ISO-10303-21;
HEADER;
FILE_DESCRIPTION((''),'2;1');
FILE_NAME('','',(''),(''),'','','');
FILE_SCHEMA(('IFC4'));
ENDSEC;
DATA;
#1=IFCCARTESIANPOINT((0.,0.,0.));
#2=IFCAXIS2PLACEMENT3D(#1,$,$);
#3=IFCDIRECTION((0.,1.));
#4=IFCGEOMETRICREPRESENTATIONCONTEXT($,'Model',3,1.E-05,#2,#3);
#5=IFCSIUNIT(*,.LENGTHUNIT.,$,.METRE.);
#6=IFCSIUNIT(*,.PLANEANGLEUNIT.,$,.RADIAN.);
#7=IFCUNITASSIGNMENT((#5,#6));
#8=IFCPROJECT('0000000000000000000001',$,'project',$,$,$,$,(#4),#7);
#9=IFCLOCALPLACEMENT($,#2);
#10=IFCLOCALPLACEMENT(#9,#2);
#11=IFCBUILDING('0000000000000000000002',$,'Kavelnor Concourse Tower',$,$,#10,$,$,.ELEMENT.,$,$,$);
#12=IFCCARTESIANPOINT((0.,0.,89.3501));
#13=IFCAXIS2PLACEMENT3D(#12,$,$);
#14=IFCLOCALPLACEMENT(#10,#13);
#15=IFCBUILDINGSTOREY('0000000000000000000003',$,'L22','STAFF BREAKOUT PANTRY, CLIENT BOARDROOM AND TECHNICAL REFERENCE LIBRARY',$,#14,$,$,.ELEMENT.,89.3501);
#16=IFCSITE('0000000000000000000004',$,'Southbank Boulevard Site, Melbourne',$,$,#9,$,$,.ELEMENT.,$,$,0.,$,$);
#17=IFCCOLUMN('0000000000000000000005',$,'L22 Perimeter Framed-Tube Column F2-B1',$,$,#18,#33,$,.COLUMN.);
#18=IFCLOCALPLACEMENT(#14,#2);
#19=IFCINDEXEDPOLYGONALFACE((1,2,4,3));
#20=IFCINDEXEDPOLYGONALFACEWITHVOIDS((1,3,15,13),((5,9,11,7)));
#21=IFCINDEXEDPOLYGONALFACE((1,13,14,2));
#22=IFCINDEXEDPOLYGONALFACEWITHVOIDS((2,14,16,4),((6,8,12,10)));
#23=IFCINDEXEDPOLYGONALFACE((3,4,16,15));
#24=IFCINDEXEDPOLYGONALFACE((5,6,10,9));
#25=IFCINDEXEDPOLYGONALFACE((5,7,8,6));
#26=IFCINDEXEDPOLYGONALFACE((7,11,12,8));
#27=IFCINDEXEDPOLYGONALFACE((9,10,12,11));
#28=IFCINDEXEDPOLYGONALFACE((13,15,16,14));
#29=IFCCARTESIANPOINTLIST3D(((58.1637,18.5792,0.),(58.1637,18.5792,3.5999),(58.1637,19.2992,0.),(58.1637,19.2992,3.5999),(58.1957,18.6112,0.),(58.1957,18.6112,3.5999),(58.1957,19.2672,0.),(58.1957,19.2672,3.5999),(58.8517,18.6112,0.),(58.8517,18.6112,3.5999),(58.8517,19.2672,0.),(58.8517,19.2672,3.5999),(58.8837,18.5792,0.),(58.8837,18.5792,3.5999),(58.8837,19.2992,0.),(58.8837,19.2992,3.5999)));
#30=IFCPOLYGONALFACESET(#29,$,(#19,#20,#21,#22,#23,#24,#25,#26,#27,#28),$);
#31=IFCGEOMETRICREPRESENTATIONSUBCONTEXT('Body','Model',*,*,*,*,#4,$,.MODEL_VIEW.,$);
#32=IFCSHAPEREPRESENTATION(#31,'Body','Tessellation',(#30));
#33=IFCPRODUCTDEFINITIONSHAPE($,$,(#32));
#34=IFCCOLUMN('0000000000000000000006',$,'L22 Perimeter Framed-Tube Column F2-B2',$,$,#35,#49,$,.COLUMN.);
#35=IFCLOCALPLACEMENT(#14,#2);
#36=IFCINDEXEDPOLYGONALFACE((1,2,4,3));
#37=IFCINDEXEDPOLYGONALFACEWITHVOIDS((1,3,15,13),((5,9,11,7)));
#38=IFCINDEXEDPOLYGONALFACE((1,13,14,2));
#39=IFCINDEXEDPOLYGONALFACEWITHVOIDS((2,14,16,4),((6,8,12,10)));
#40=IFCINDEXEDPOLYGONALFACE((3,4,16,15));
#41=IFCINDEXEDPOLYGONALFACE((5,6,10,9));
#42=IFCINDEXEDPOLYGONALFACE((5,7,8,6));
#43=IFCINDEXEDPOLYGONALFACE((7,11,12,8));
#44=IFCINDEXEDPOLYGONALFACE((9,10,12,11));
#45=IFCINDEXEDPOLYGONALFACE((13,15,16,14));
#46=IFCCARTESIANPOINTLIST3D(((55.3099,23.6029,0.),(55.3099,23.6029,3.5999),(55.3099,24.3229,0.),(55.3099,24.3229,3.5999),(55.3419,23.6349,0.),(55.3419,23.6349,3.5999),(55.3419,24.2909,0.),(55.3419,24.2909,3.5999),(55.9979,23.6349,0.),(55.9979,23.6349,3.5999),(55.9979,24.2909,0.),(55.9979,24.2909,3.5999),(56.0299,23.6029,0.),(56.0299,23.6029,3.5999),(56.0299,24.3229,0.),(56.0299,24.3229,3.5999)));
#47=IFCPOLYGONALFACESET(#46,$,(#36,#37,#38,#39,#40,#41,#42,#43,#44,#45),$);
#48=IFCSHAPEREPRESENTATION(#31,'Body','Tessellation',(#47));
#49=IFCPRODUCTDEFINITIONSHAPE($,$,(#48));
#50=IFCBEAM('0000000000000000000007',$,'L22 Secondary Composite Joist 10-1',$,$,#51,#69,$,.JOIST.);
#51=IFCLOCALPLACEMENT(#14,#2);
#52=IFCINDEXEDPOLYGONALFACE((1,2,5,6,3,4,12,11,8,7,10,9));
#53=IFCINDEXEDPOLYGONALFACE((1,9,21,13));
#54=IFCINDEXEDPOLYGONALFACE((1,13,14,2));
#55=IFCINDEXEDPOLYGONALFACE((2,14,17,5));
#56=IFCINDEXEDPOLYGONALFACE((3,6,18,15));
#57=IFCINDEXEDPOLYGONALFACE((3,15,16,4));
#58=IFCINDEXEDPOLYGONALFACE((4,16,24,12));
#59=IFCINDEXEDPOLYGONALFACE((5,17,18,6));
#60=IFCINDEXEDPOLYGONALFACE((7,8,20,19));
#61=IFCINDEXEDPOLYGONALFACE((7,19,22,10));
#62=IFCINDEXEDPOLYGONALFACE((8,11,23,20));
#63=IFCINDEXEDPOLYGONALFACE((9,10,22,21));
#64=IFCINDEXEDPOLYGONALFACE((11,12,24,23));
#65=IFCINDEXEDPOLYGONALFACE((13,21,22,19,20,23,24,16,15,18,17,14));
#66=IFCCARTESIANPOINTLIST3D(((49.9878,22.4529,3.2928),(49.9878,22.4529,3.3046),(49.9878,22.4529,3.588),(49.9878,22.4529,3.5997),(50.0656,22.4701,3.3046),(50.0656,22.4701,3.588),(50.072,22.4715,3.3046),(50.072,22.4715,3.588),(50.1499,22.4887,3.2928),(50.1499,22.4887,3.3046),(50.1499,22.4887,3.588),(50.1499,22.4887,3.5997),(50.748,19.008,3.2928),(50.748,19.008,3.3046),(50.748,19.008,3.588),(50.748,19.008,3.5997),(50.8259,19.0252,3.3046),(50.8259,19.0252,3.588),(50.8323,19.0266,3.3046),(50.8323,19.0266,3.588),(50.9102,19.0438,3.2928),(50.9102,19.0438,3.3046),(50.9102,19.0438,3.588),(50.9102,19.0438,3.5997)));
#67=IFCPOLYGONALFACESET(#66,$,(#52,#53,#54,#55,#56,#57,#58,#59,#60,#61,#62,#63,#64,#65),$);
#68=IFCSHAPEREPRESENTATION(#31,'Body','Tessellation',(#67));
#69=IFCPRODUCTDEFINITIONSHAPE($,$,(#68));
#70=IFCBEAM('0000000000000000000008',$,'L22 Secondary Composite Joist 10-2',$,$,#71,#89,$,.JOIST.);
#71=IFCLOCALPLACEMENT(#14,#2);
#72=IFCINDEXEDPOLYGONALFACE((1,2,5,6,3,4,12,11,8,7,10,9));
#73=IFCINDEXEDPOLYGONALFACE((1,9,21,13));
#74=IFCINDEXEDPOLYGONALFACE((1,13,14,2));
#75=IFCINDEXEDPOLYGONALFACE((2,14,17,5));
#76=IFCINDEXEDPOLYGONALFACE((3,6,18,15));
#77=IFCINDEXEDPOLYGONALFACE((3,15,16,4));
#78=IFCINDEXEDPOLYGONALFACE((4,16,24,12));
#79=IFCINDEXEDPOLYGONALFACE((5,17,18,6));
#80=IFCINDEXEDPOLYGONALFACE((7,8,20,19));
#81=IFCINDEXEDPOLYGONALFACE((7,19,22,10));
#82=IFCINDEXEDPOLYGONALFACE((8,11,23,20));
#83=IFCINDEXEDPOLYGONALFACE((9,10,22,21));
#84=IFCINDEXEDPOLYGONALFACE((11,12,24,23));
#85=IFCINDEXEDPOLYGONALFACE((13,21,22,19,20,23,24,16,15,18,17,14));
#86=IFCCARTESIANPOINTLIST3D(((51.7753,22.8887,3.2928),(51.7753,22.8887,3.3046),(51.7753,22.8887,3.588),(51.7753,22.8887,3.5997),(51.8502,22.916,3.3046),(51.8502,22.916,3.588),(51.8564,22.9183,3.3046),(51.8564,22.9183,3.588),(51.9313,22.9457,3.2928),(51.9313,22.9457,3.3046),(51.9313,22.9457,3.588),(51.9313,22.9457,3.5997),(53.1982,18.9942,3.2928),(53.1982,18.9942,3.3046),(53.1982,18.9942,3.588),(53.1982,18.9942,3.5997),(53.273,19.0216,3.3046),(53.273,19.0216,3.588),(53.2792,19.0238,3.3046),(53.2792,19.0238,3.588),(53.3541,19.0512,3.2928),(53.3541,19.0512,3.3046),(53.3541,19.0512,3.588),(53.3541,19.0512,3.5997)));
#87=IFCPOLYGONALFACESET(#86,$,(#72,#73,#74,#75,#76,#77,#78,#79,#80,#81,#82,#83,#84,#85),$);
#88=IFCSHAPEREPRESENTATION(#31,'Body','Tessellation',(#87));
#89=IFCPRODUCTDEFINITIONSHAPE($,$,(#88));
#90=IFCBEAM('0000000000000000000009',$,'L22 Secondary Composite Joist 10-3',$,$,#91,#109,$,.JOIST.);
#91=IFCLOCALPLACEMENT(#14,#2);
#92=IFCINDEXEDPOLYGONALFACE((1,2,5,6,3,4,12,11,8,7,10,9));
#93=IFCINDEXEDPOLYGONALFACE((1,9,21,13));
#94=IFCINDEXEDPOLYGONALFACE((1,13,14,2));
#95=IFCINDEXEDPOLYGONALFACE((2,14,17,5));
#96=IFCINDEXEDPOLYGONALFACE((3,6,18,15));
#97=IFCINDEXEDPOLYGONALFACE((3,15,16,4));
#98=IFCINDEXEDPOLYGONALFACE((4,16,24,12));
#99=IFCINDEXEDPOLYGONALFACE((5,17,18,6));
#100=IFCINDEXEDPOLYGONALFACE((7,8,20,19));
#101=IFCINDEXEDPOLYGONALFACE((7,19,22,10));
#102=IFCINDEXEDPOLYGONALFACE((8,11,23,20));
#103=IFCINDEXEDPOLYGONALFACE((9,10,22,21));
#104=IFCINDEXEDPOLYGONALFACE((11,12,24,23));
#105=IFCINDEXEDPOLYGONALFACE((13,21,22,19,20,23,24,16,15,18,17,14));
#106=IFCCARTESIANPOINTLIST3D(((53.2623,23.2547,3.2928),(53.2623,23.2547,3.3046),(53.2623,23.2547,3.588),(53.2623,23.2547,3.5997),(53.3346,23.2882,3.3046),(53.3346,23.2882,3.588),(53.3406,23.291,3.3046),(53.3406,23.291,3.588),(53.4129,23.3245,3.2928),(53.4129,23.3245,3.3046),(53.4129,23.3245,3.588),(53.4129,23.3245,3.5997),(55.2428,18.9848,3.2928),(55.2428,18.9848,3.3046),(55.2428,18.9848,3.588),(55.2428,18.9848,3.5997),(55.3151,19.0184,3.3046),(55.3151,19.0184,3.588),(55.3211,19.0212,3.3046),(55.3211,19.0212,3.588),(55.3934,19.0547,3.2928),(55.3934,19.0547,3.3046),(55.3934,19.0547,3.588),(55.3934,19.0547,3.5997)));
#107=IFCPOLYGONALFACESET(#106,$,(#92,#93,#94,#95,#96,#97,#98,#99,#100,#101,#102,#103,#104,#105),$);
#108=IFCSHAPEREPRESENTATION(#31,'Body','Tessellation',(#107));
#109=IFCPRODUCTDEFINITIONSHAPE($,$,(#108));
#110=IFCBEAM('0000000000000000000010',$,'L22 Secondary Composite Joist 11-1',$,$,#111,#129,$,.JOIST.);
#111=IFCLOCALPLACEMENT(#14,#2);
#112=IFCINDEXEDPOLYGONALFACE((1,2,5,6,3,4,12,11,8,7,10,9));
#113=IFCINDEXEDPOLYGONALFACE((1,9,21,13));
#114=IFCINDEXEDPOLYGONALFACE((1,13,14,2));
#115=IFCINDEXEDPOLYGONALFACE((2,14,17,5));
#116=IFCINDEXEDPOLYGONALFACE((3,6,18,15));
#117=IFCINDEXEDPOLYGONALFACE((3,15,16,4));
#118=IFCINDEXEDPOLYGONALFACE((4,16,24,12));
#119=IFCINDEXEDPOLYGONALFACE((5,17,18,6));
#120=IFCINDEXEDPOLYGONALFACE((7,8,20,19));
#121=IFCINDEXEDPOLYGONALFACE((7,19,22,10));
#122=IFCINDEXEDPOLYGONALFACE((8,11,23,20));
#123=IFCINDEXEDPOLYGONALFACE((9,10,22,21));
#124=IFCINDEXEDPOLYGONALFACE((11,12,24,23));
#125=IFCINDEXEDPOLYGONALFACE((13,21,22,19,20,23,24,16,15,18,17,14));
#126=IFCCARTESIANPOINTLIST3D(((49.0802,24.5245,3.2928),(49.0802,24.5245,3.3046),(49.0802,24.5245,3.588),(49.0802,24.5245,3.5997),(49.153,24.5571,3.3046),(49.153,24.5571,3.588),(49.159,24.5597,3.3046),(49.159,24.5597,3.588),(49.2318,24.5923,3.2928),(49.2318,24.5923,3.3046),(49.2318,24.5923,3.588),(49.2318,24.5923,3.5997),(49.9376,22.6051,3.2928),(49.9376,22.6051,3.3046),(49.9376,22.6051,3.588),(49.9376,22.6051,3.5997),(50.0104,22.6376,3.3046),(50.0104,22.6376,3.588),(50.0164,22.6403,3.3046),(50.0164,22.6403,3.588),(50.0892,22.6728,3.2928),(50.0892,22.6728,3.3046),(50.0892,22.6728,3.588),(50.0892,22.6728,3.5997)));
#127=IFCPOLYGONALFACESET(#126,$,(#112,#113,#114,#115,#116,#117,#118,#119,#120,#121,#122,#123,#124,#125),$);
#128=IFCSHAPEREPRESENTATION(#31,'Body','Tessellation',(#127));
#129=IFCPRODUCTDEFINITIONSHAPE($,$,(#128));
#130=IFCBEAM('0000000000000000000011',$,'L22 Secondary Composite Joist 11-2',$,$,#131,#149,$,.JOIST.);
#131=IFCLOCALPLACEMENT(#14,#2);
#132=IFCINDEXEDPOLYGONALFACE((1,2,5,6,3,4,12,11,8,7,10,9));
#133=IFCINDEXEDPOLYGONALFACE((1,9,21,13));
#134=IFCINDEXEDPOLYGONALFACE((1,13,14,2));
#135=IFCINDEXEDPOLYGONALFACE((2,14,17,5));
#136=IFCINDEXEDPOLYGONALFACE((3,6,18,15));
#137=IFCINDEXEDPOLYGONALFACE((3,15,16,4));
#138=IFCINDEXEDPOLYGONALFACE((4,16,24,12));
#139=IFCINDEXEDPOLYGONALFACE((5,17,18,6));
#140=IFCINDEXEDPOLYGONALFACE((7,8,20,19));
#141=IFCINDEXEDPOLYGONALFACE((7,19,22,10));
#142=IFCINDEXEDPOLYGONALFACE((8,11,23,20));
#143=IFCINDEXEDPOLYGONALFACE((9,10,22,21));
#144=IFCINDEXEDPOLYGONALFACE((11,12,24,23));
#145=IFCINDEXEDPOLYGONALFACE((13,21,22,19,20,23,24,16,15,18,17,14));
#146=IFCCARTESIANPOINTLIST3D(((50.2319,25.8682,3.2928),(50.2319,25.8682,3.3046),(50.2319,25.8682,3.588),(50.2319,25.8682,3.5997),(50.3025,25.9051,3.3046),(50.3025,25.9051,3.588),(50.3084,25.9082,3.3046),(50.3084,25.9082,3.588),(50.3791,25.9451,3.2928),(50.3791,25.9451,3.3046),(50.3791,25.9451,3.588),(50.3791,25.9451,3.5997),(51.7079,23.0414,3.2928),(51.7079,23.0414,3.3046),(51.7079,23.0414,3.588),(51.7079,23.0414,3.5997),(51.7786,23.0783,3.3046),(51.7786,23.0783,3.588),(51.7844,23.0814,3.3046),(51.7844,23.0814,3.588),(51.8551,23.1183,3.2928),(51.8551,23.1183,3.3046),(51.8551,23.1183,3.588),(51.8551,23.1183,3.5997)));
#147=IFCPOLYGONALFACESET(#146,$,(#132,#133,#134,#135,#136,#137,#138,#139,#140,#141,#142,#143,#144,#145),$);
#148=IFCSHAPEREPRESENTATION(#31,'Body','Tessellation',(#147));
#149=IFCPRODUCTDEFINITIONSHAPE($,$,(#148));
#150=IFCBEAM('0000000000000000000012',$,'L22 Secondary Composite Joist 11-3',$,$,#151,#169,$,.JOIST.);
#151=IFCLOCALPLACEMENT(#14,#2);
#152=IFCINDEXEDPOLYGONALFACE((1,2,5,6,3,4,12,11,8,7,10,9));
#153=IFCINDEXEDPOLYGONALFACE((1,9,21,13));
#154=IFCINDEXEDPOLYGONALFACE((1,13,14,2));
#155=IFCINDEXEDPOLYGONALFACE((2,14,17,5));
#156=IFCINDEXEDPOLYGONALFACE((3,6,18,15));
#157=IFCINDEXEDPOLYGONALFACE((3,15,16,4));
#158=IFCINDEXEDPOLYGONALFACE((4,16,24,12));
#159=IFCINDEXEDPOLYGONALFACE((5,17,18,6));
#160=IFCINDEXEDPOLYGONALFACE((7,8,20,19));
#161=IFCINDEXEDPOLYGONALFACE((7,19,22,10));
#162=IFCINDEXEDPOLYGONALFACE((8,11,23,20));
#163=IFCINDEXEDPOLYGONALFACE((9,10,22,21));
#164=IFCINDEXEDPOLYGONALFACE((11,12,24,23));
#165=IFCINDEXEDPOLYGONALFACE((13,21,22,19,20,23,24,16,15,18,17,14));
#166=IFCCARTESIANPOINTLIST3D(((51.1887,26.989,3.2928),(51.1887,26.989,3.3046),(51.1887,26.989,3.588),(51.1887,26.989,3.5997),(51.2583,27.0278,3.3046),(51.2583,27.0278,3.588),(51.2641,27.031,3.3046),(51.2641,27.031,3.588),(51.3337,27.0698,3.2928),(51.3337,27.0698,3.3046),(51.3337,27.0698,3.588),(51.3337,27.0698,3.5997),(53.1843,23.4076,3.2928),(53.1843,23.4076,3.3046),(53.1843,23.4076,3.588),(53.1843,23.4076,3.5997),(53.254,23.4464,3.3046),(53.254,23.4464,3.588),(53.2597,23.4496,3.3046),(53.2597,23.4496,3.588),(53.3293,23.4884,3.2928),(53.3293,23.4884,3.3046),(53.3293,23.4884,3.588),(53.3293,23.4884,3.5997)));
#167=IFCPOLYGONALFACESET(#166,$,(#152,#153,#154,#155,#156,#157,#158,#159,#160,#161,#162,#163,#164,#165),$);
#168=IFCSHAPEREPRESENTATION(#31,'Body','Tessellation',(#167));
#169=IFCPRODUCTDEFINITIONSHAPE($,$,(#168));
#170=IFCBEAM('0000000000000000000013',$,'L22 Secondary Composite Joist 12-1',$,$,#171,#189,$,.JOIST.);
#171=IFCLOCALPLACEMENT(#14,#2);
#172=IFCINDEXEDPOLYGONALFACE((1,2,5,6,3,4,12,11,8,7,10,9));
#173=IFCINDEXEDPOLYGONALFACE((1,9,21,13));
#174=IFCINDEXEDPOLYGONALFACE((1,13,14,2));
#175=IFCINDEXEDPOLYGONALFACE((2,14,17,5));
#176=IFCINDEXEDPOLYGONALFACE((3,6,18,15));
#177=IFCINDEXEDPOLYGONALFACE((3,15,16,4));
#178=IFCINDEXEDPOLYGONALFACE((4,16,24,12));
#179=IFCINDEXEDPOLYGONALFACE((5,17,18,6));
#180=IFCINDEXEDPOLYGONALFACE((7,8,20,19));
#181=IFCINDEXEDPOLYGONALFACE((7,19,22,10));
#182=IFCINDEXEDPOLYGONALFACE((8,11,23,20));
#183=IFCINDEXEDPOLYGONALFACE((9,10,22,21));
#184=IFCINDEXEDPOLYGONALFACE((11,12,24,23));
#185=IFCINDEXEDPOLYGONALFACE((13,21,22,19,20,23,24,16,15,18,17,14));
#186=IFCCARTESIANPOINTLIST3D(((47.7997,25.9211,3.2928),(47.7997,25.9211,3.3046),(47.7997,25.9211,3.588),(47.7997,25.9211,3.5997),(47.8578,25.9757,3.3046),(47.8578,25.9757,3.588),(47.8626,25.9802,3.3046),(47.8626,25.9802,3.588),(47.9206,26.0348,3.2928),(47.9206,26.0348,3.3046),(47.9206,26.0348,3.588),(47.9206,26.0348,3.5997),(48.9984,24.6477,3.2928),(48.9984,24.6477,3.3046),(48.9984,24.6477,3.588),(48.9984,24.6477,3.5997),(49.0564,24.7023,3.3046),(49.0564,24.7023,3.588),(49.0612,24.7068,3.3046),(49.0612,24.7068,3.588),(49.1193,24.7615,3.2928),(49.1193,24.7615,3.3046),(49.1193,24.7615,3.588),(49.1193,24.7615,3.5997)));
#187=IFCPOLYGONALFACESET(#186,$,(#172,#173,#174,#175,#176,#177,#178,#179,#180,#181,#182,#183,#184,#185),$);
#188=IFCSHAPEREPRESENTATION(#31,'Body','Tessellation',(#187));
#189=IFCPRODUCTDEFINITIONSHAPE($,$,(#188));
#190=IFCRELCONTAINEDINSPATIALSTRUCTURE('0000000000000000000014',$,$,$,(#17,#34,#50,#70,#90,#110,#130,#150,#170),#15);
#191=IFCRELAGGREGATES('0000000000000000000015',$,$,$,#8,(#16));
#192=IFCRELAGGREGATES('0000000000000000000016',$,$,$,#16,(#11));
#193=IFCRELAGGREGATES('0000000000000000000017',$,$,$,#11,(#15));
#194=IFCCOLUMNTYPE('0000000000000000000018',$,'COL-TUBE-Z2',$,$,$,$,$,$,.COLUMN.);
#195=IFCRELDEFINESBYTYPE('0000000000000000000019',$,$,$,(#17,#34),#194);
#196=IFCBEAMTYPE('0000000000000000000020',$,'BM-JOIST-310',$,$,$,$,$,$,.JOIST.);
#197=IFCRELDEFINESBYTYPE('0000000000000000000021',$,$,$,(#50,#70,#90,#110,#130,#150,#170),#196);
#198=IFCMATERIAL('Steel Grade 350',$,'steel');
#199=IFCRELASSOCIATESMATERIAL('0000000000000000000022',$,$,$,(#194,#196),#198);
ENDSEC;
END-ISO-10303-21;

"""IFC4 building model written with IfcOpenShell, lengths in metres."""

from ifc_helpers import new_model, si_unit, direction, frame, origin, origin_2d, place, context, subcontext, project, spatial, hollow_rectangle, i_section, extrude, material, material_profile, profile_set, type_object, element, save


model = new_model("IFC4")

# Units and contexts
model_context = context("Model", 3, precision=1e-05, world=origin(), true_north=direction((0.0, 1.0)))
body_context = subcontext(model_context, "Body", "Model", "MODEL_VIEW")
ifc_project = project(units=[si_unit("LENGTHUNIT", "METRE"), si_unit("PLANEANGLEUNIT", "RADIAN")], contexts=[model_context])

# Site, building, storey
site_placement = place(None, origin())
site = spatial("IfcSite", under=ifc_project, at=site_placement, Name="Southbank Boulevard Site, Melbourne", CompositionType="ELEMENT", RefElevation=0.0)
building_placement = place(site_placement, origin())
building = spatial("IfcBuilding", under=site, at=building_placement, Name="Kavelnor Concourse Tower", CompositionType="ELEMENT")
storey_placement = place(building_placement, frame((0.0, 0.0, 89.3501)))
storey = spatial("IfcBuildingStorey", under=building, at=storey_placement, Name="L22", Description="STAFF BREAKOUT PANTRY, CLIENT BOARDROOM AND TECHNICAL REFERENCE LIBRARY", CompositionType="ELEMENT", Elevation=89.3501)

# Columns
ifc_material_1 = material(Name="Steel Grade 350", Category="steel")
ifc_material_profile_1 = material_profile(ifc_material_1, hollow_rectangle(XDim=0.72, YDim=0.72, WallThickness=0.032, at=origin_2d()), Name="SHS 720x720x32")
ifc_profile_set_1 = profile_set([ifc_material_profile_1], Name="Steel Grade 350")
column_type = type_object("IfcColumnType", Name="COL-TUBE-Z2", PredefinedType="COLUMN", material=ifc_profile_set_1)
for number, where, z_axis, x_axis, name in (
    (1, (58.5237, 18.9392, 0.0), (0.0, 0.0, 1.0), (1.0, 0.0, 0.0), "L22 Perimeter Framed-Tube Column F2-B1"),
    (2, (55.6699, 23.9629, 0.0), (0.0, 0.0, 1.0), (1.0, 0.0, 0.0), "L22 Perimeter Framed-Tube Column F2-B2"),
):
    element("IfcColumn", number, at=place(storey_placement, frame(where, z_axis=z_axis, x_axis=x_axis)), inside=storey, type_object=column_type, Name=name, PredefinedType="COLUMN", context=body_context, shape_type="SweptSolid", body=[
        extrude(hollow_rectangle(XDim=0.72, YDim=0.72, WallThickness=0.032, at=origin_2d()), origin(), (0.0, 0.0, 1.0), 3.5999),
    ])

# Beams
ifc_material_profile_2 = material_profile(ifc_material_1, i_section(OverallWidth=0.166, OverallDepth=0.3069, WebThickness=0.0066, FlangeThickness=0.0117, at=origin_2d()), Name="310UB46")
ifc_profile_set_2 = profile_set([ifc_material_profile_2], Name="Steel Grade 350")
beam_type_1 = type_object("IfcBeamType", Name="BM-JOIST-310", PredefinedType="JOIST", material=ifc_profile_set_2)
beam_1_placement = place(storey_placement, frame((50.8291, 19.0259, 3.4463), z_axis=(-0.215509, 0.976502, 0.0), x_axis=(-0.976502, -0.215509, 0.0)))
element("IfcBeam", 3, at=beam_1_placement, inside=storey, type_object=beam_type_1, Name="L22 Secondary Composite Joist 10-1", PredefinedType="JOIST", context=body_context, shape_type="SweptSolid", body=[
    extrude(i_section(OverallWidth=0.166, OverallDepth=0.3069, WebThickness=0.0066, FlangeThickness=0.0117, at=origin_2d()), origin(), (0.0, 0.0, 1.0), 3.5278),
])
beam_2_placement = place(storey_placement, frame((53.2761, 19.0227, 3.4463), z_axis=(-0.343161, 0.939277, 0.0), x_axis=(-0.939277, -0.343161, 0.0)))
element("IfcBeam", 4, at=beam_2_placement, inside=storey, type_object=beam_type_1, Name="L22 Secondary Composite Joist 10-2", PredefinedType="JOIST", context=body_context, shape_type="SweptSolid", body=[
    extrude(i_section(OverallWidth=0.166, OverallDepth=0.3069, WebThickness=0.0066, FlangeThickness=0.0117, at=origin_2d()), origin(), (0.0, 0.0, 1.0), 4.1462),
])
beam_3_placement = place(storey_placement, frame((55.3181, 19.0198, 3.4463), z_axis=(-0.420774, 0.907165, 0.0), x_axis=(-0.907165, -0.420774, 0.0)))
element("IfcBeam", 5, at=beam_3_placement, inside=storey, type_object=beam_type_1, Name="L22 Secondary Composite Joist 10-3", PredefinedType="JOIST", context=body_context, shape_type="SweptSolid", body=[
    extrude(i_section(OverallWidth=0.166, OverallDepth=0.3069, WebThickness=0.0066, FlangeThickness=0.0117, at=origin_2d()), origin(), (0.0, 0.0, 1.0), 4.7068),
])
beam_4_placement = place(storey_placement, frame((50.0134, 22.6389, 3.4463), z_axis=(-0.407862, 0.913044, 0.0), x_axis=(-0.913044, -0.407862, 0.0)))
element("IfcBeam", 6, at=beam_4_placement, inside=storey, type_object=beam_type_1, Name="L22 Secondary Composite Joist 11-1", PredefinedType="JOIST", context=body_context, shape_type="SweptSolid", body=[
    extrude(i_section(OverallWidth=0.166, OverallDepth=0.3069, WebThickness=0.0066, FlangeThickness=0.0117, at=origin_2d()), origin(), (0.0, 0.0, 1.0), 2.1023),
])
beam_5_placement = place(storey_placement, frame((51.7815, 23.0798, 3.4463), z_axis=(-0.462854, 0.886435, 0.0), x_axis=(-0.886435, -0.462854, 0.0)))
element("IfcBeam", 7, at=beam_5_placement, inside=storey, type_object=beam_type_1, Name="L22 Secondary Composite Joist 11-2", PredefinedType="JOIST", context=body_context, shape_type="SweptSolid", body=[
    extrude(i_section(OverallWidth=0.166, OverallDepth=0.3069, WebThickness=0.0066, FlangeThickness=0.0117, at=origin_2d()), origin(), (0.0, 0.0, 1.0), 3.189),
])
beam_6_placement = place(storey_placement, frame((53.2568, 23.448, 3.4463), z_axis=(-0.48676, 0.873536, 0.0), x_axis=(-0.873536, -0.48676, 0.0)))
element("IfcBeam", 8, at=beam_6_placement, inside=storey, type_object=beam_type_1, Name="L22 Secondary Composite Joist 11-3", PredefinedType="JOIST", context=body_context, shape_type="SweptSolid", body=[
    extrude(i_section(OverallWidth=0.166, OverallDepth=0.3069, WebThickness=0.0066, FlangeThickness=0.0117, at=origin_2d()), origin(), (0.0, 0.0, 1.0), 4.0999),
])
beam_7_placement = place(storey_placement, frame((49.0588, 24.7046, 3.4463), z_axis=(-0.685426, 0.728143, 0.0), x_axis=(-0.728143, -0.685426, 0.0)))
element("IfcBeam", 9, at=beam_7_placement, inside=storey, type_object=beam_type_1, Name="L22 Secondary Composite Joist 12-1", PredefinedType="JOIST", context=body_context, shape_type="SweptSolid", body=[
    extrude(i_section(OverallWidth=0.166, OverallDepth=0.3069, WebThickness=0.0066, FlangeThickness=0.0117, at=origin_2d()), origin(), (0.0, 0.0, 1.0), 1.7488),
])

save(model, "model.ifc")
